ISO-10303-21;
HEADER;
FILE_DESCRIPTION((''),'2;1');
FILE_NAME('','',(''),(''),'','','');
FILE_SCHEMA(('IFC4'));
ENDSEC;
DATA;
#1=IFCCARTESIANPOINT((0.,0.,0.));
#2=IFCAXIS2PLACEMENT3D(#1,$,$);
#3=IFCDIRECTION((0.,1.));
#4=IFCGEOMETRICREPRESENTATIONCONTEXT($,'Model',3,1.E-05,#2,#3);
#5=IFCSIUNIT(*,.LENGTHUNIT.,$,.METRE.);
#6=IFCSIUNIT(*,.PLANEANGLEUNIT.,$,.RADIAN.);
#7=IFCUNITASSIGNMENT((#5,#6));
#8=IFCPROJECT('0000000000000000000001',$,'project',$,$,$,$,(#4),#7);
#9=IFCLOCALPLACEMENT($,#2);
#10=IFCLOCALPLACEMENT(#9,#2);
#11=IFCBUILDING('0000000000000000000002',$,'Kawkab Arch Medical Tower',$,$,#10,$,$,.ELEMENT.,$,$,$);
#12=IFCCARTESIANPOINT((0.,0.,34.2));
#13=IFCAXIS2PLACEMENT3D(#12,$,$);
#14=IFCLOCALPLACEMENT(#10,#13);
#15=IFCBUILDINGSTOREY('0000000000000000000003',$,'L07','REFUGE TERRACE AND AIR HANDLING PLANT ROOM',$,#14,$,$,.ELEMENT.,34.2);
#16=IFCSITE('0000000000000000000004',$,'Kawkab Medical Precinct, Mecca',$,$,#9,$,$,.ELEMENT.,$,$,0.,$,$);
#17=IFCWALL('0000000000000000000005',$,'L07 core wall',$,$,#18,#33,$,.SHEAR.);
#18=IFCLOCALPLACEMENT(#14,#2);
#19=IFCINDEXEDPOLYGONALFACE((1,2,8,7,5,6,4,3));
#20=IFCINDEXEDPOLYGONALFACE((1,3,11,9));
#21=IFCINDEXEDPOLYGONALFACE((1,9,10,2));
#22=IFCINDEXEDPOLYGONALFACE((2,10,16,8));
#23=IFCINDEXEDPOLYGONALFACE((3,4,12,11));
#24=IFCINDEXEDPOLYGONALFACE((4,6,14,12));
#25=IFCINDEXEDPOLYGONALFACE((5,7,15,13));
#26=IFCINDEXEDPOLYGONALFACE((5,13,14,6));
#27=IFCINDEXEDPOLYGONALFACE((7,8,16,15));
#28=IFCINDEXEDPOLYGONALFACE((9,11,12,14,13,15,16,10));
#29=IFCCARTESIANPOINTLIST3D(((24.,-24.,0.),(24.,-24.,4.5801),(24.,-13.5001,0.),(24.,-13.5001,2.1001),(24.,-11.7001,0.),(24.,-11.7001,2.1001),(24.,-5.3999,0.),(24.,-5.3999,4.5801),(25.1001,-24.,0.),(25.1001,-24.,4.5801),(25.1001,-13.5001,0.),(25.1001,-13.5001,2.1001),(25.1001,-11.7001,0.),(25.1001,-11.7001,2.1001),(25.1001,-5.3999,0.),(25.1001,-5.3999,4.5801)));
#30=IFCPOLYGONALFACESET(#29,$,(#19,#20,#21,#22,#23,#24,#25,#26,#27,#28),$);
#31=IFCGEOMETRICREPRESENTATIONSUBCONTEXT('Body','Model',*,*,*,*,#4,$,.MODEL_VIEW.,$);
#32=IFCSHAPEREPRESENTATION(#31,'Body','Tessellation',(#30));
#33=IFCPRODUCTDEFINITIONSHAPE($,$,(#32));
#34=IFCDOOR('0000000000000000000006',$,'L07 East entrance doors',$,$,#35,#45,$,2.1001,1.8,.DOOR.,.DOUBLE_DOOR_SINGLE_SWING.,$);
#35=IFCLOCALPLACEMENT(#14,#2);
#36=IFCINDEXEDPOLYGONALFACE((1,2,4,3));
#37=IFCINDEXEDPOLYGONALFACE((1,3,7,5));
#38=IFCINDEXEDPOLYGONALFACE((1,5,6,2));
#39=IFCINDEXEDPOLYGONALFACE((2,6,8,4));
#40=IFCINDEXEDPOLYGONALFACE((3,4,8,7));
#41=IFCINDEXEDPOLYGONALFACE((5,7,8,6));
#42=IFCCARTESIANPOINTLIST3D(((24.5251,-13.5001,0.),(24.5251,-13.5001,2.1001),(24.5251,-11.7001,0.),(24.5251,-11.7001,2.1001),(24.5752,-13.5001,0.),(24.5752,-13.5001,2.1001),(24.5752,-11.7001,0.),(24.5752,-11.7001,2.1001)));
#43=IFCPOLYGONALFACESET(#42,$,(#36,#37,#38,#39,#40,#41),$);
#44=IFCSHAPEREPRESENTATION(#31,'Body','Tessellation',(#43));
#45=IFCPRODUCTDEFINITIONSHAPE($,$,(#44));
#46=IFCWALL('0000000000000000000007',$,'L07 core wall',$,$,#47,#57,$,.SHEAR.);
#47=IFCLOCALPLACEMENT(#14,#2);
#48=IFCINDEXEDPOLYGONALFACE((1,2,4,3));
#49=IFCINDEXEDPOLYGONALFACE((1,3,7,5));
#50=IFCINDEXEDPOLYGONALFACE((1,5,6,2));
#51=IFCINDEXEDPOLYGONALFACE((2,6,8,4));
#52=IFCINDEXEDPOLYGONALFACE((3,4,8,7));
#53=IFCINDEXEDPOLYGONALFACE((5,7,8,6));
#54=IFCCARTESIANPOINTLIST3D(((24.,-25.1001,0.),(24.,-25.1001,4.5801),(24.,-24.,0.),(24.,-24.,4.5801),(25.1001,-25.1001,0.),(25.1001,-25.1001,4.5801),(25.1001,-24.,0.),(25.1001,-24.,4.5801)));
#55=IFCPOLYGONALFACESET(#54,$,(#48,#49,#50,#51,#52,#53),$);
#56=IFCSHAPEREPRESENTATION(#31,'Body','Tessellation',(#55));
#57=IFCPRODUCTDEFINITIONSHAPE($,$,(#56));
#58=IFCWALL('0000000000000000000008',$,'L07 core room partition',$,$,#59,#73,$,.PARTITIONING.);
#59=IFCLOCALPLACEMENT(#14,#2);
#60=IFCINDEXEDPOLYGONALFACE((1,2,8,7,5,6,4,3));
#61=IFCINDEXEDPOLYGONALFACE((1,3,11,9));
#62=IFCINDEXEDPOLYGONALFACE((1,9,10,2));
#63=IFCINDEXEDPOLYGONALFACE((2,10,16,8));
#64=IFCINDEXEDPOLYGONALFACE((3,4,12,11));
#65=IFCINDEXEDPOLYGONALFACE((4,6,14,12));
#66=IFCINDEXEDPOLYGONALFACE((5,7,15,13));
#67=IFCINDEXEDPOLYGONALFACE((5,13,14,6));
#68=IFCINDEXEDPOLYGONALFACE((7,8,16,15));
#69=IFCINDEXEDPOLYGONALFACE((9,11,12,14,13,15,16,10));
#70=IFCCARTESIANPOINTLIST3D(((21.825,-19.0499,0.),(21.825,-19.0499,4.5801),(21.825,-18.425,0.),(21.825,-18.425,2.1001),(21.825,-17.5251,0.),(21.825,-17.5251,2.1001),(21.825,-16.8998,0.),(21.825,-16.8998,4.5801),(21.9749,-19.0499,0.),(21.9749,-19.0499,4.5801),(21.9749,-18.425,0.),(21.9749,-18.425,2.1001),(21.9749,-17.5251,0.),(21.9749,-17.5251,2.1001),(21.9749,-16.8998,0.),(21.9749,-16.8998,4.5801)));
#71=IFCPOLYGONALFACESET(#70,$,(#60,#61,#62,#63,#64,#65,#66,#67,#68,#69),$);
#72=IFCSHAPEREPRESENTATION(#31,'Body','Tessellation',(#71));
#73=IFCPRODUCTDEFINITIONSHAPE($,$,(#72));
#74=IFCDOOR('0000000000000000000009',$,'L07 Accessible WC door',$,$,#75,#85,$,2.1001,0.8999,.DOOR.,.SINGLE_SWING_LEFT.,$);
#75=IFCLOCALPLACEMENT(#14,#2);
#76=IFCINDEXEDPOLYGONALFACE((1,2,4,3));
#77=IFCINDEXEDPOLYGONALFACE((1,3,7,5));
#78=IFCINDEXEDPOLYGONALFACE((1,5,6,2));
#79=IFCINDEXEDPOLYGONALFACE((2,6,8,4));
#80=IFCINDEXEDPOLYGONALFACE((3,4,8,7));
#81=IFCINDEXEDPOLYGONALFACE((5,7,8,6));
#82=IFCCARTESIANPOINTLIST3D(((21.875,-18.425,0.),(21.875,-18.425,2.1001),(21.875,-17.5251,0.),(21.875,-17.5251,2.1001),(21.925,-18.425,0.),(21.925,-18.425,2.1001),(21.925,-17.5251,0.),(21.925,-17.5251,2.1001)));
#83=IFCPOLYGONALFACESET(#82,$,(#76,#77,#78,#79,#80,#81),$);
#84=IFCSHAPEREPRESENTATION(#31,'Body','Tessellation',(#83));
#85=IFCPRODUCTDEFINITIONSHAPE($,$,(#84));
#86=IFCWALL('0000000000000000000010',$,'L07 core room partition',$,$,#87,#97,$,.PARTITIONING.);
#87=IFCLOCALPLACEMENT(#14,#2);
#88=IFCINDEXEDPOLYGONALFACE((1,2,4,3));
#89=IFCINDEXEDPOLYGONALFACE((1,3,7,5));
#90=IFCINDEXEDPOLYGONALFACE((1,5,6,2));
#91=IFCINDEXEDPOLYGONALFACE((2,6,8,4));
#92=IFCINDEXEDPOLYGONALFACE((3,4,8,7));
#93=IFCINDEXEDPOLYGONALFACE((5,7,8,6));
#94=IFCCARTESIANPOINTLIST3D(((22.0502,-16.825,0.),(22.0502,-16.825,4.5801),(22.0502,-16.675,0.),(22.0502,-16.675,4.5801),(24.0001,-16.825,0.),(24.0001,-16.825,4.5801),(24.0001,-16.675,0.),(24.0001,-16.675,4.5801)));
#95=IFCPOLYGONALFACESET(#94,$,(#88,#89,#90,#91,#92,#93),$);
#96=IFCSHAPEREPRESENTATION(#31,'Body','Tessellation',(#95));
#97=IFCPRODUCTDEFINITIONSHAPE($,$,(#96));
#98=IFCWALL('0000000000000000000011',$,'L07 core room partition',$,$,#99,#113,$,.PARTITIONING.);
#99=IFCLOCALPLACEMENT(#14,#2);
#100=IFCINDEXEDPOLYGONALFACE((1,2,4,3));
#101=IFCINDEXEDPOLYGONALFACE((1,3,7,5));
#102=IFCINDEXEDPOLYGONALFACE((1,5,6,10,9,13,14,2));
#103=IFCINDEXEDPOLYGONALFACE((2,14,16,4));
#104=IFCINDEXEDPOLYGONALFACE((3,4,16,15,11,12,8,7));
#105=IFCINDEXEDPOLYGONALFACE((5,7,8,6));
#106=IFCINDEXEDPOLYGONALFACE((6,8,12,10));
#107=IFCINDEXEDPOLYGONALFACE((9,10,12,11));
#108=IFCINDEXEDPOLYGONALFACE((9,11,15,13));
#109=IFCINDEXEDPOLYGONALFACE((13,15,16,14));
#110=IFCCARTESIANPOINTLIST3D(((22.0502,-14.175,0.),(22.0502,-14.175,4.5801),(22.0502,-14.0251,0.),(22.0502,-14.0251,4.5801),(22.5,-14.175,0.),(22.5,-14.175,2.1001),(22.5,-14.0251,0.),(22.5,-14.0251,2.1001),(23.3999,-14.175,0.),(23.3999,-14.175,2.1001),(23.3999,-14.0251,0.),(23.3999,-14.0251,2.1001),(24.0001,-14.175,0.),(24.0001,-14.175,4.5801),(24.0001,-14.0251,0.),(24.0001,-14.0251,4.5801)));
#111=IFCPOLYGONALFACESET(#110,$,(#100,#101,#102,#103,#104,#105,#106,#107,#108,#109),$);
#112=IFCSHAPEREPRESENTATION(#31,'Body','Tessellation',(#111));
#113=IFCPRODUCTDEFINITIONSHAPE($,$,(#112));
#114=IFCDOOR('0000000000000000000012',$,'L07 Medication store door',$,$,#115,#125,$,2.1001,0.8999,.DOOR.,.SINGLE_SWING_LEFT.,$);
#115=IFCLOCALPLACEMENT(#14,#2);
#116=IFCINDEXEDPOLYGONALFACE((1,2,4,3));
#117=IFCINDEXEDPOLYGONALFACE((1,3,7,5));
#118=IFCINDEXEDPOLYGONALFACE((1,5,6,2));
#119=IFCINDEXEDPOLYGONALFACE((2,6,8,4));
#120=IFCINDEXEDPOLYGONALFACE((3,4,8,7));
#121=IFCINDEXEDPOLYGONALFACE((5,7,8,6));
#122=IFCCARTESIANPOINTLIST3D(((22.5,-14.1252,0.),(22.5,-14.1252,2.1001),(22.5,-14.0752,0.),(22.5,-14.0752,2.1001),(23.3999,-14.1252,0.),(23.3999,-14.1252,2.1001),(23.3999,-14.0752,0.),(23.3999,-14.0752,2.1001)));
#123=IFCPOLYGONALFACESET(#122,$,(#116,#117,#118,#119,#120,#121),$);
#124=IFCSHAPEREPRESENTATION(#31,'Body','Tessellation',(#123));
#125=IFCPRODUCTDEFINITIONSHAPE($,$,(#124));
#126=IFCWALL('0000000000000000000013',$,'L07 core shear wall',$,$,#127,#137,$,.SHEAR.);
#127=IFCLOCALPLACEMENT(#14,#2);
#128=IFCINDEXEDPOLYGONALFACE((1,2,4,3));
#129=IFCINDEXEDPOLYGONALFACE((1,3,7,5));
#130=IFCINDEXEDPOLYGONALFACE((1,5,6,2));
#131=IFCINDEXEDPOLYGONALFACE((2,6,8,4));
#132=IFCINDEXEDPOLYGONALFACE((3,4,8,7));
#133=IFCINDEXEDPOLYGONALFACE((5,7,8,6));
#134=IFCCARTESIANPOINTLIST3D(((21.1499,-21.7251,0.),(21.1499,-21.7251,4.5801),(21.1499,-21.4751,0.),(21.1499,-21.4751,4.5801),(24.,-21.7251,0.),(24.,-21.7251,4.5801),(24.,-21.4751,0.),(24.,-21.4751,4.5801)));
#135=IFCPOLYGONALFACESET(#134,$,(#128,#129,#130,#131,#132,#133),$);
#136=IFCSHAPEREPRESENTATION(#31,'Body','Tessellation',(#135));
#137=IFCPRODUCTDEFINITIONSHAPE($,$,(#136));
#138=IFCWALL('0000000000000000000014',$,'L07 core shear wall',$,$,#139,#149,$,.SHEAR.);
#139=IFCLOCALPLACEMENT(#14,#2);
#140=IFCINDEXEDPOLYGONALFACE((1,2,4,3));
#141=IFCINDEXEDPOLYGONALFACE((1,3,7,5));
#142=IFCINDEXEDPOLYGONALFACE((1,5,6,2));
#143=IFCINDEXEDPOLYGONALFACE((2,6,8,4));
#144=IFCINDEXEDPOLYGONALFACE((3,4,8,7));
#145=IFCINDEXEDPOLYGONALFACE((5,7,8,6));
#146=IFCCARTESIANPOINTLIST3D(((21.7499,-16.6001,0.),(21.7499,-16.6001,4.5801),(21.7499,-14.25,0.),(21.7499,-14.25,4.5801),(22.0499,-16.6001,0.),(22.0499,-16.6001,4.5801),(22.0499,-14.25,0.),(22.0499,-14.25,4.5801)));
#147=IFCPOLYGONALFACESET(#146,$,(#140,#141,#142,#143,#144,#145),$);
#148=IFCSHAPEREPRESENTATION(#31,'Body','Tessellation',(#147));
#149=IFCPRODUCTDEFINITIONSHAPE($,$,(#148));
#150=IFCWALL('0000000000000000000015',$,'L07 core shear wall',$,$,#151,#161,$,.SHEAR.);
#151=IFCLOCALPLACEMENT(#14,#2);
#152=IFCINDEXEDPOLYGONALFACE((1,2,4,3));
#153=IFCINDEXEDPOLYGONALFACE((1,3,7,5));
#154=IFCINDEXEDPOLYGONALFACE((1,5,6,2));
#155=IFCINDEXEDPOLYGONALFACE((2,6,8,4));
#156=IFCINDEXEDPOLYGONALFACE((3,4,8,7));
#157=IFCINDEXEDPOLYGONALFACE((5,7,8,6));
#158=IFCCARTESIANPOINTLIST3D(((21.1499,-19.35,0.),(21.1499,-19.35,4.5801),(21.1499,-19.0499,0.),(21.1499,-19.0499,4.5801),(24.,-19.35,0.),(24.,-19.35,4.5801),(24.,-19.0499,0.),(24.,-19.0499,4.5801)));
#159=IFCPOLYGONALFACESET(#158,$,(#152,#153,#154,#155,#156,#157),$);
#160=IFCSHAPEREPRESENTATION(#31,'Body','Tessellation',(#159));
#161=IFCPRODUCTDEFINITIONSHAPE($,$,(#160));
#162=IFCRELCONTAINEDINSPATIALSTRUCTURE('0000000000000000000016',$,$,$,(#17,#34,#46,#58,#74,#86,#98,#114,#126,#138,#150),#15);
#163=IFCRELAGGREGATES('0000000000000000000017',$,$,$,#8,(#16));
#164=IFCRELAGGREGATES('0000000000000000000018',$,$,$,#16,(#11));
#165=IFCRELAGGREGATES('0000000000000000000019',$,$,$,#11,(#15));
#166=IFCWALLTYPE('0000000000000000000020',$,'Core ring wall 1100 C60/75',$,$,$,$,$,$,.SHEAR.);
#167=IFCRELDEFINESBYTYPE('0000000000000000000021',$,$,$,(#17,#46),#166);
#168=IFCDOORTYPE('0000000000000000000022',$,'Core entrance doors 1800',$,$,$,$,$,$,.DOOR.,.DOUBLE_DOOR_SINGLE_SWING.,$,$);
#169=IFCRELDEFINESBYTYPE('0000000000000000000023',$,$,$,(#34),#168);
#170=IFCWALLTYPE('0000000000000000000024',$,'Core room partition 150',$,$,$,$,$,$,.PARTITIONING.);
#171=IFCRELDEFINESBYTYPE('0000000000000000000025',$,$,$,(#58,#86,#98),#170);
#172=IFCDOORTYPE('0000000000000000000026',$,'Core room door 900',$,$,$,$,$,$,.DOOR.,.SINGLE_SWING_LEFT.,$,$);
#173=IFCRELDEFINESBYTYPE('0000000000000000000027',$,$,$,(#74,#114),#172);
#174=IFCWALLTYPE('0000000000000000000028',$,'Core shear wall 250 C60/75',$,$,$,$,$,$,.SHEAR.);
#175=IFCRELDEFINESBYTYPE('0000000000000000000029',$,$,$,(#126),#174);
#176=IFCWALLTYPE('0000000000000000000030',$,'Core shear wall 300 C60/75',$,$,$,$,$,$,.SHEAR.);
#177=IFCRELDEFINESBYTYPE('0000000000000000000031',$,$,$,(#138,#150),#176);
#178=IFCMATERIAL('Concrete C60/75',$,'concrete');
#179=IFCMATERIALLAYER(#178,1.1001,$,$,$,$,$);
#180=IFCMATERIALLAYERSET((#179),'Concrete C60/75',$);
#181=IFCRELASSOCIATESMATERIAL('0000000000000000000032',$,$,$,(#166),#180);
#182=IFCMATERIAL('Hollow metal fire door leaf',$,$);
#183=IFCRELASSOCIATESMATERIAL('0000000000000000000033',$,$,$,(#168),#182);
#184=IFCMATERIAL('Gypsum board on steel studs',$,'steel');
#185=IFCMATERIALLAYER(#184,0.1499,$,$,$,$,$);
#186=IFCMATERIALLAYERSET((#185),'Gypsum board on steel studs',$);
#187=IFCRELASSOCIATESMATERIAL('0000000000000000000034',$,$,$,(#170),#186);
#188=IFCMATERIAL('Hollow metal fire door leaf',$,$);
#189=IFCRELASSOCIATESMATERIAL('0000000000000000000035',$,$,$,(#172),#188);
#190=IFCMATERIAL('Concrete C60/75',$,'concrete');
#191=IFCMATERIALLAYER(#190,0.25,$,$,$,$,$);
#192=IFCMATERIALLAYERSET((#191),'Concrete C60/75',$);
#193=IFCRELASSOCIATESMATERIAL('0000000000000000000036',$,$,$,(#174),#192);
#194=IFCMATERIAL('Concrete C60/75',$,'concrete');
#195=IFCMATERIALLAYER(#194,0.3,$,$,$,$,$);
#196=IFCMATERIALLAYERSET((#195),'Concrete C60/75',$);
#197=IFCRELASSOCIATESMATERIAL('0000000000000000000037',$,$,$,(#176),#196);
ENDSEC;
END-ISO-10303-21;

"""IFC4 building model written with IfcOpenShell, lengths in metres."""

from ifc_helpers import new_model, si_unit, direction, frame, frame_2d, origin, place, context, subcontext, project, spatial, rectangle, extrude, material, layer, layer_set, type_object, element, fill, save


model = new_model("IFC4")

# Units and contexts
model_context = context("Model", 3, precision=1e-05, world=origin(), true_north=direction((0.0, 1.0)))
body_context = subcontext(model_context, "Body", "Model", "MODEL_VIEW")
ifc_project = project(units=[si_unit("LENGTHUNIT", "METRE"), si_unit("PLANEANGLEUNIT", "RADIAN")], contexts=[model_context])

# Site, building, storey
site_placement = place(None, origin())
site = spatial("IfcSite", under=ifc_project, at=site_placement, Name="Kawkab Medical Precinct, Mecca", CompositionType="ELEMENT", RefElevation=0.0)
building_placement = place(site_placement, origin())
building = spatial("IfcBuilding", under=site, at=building_placement, Name="Kawkab Arch Medical Tower", CompositionType="ELEMENT")
storey_placement = place(building_placement, frame((0.0, 0.0, 34.2)))
storey = spatial("IfcBuildingStorey", under=building, at=storey_placement, Name="L07", Description="REFUGE TERRACE AND AIR HANDLING PLANT ROOM", CompositionType="ELEMENT", Elevation=34.2)

# Wall, opening, door
ifc_material_1 = material(Name="Concrete C60/75", Category="concrete")
ifc_layer_1 = layer(ifc_material_1, 1.1001)
ifc_layer_set_1 = layer_set([ifc_layer_1], Name="Concrete C60/75")
wall_type_1 = type_object("IfcWallType", Name="Core ring wall 1100 C60/75", PredefinedType="SHEAR", material=ifc_layer_set_1)
wall_1_placement = place(storey_placement, frame((24.55, -24.0, 0.0), z_axis=(0.0, 0.0, 1.0), x_axis=(0.0, 1.0, 0.0)))
wall_1 = element("IfcWall", 1, at=wall_1_placement, inside=storey, type_object=wall_type_1, Name="L07 core wall", PredefinedType="SHEAR", context=body_context, shape_type="SweptSolid", body=[
    extrude(rectangle(XDim=18.6001, YDim=1.1001, at=frame_2d((9.3, 0.0))), origin(), (0.0, 0.0, 1.0), 4.5801),
])
opening_1_placement = place(wall_1_placement, frame((10.5, 0.0, 0.0)))
opening_1 = element("IfcOpeningElement", 2, at=opening_1_placement, cuts=wall_1, PredefinedType="OPENING", context=body_context, shape_type="SweptSolid", body=[
    extrude(rectangle(XDim=1.8, YDim=2.1001, at=frame_2d((0.8999, 1.05))), frame((0.0, 0.5601, 0.0), z_axis=(0.0, -1.0, 0.0), x_axis=(1.0, 0.0, 0.0)), (0.0, 0.0, 1.0), 1.1201),
])
ifc_material_2 = material(Name="Hollow metal fire door leaf")
door_type_1 = type_object("IfcDoorType", Name="Core entrance doors 1800", OperationType="DOUBLE_DOOR_SINGLE_SWING", PredefinedType="DOOR", material=ifc_material_2)
door_1_placement = place(opening_1_placement, origin())
door_1 = element("IfcDoor", 3, at=door_1_placement, inside=storey, type_object=door_type_1, Name="L07 East entrance doors", OperationType="DOUBLE_DOOR_SINGLE_SWING", OverallHeight=2.1001, OverallWidth=1.8, PredefinedType="DOOR", context=body_context, shape_type="SweptSolid", body=[
    extrude(rectangle(XDim=1.8, YDim=2.1001, at=frame_2d((0.8999, 1.05))), frame((0.0, 0.0249, 0.0), z_axis=(0.0, -1.0, 0.0), x_axis=(1.0, 0.0, 0.0)), (0.0, 0.0, 1.0), 0.05),
])
fill(opening_1, door_1)

# Wall
wall_2_placement = place(storey_placement, frame((24.55, -25.1001, 0.0), z_axis=(0.0, 0.0, 1.0), x_axis=(0.0, 1.0, 0.0)))
element("IfcWall", 4, at=wall_2_placement, inside=storey, type_object=wall_type_1, Name="L07 core wall", PredefinedType="SHEAR", context=body_context, shape_type="SweptSolid", body=[
    extrude(rectangle(XDim=1.1001, YDim=1.1001, at=frame_2d((0.55, 0.0))), origin(), (0.0, 0.0, 1.0), 4.5801),
])

# Wall, opening, door
ifc_material_3 = material(Name="Gypsum board on steel studs", Category="steel")
ifc_layer_2 = layer(ifc_material_3, 0.1499)
ifc_layer_set_2 = layer_set([ifc_layer_2], Name="Gypsum board on steel studs")
wall_type_2 = type_object("IfcWallType", Name="Core room partition 150", PredefinedType="PARTITIONING", material=ifc_layer_set_2)
wall_3_placement = place(storey_placement, frame((21.8999, -19.05, 0.0), z_axis=(0.0, 0.0, 1.0), x_axis=(0.0, 1.0, 0.0)))
wall_3 = element("IfcWall", 5, at=wall_3_placement, inside=storey, type_object=wall_type_2, Name="L07 core room partition", PredefinedType="PARTITIONING", context=body_context, shape_type="SweptSolid", body=[
    extrude(rectangle(XDim=2.1501, YDim=0.1499, at=frame_2d((1.0752, 0.0))), origin(), (0.0, 0.0, 1.0), 4.5801),
])
opening_2_placement = place(wall_3_placement, frame((0.625, 0.0, 0.0)))
opening_2 = element("IfcOpeningElement", 6, at=opening_2_placement, cuts=wall_3, PredefinedType="OPENING", context=body_context, shape_type="SweptSolid", body=[
    extrude(rectangle(XDim=0.8999, YDim=2.1001, at=frame_2d((0.45, 1.05))), frame((0.0, 0.085, 0.0), z_axis=(0.0, -1.0, 0.0), x_axis=(1.0, 0.0, 0.0)), (0.0, 0.0, 1.0), 0.1699),
])
ifc_material_4 = material(Name="Hollow metal fire door leaf")
door_type_2 = type_object("IfcDoorType", Name="Core room door 900", OperationType="SINGLE_SWING_LEFT", PredefinedType="DOOR", material=ifc_material_4)
door_2_placement = place(opening_2_placement, origin())
door_2 = element("IfcDoor", 7, at=door_2_placement, inside=storey, type_object=door_type_2, Name="L07 Accessible WC door", OperationType="SINGLE_SWING_LEFT", OverallHeight=2.1001, OverallWidth=0.8999, PredefinedType="DOOR", context=body_context, shape_type="SweptSolid", body=[
    extrude(rectangle(XDim=0.8999, YDim=2.1001, at=frame_2d((0.45, 1.05))), frame((0.0, 0.0249, 0.0), z_axis=(0.0, -1.0, 0.0), x_axis=(1.0, 0.0, 0.0)), (0.0, 0.0, 1.0), 0.05),
])
fill(opening_2, door_2)

# Wall
wall_4_placement = place(storey_placement, frame((22.05, -16.75, 0.0), z_axis=(0.0, 0.0, 1.0), x_axis=(1.0, 0.0, 0.0)))
element("IfcWall", 8, at=wall_4_placement, inside=storey, type_object=wall_type_2, Name="L07 core room partition", PredefinedType="PARTITIONING", context=body_context, shape_type="SweptSolid", body=[
    extrude(rectangle(XDim=1.95, YDim=0.1499, at=frame_2d((0.9751, 0.0))), origin(), (0.0, 0.0, 1.0), 4.5801),
])

# Wall, opening, door
wall_5_placement = place(storey_placement, frame((22.05, -14.1001, 0.0), z_axis=(0.0, 0.0, 1.0), x_axis=(1.0, 0.0, 0.0)))
wall_5 = element("IfcWall", 9, at=wall_5_placement, inside=storey, type_object=wall_type_2, Name="L07 core room partition", PredefinedType="PARTITIONING", context=body_context, shape_type="SweptSolid", body=[
    extrude(rectangle(XDim=1.95, YDim=0.1499, at=frame_2d((0.9751, 0.0))), origin(), (0.0, 0.0, 1.0), 4.5801),
])
opening_3_placement = place(wall_5_placement, frame((0.45, 0.0, 0.0)))
opening_3 = element("IfcOpeningElement", 10, at=opening_3_placement, cuts=wall_5, PredefinedType="OPENING", context=body_context, shape_type="SweptSolid", body=[
    extrude(rectangle(XDim=0.8999, YDim=2.1001, at=frame_2d((0.45, 1.05))), frame((0.0, 0.085, 0.0), z_axis=(0.0, -1.0, 0.0), x_axis=(1.0, 0.0, 0.0)), (0.0, 0.0, 1.0), 0.1699),
])
door_3_placement = place(opening_3_placement, origin())
door_3 = element("IfcDoor", 11, at=door_3_placement, inside=storey, type_object=door_type_2, Name="L07 Medication store door", OperationType="SINGLE_SWING_LEFT", OverallHeight=2.1001, OverallWidth=0.8999, PredefinedType="DOOR", context=body_context, shape_type="SweptSolid", body=[
    extrude(rectangle(XDim=0.8999, YDim=2.1001, at=frame_2d((0.45, 1.05))), frame((0.0, 0.0249, 0.0), z_axis=(0.0, -1.0, 0.0), x_axis=(1.0, 0.0, 0.0)), (0.0, 0.0, 1.0), 0.05),
])
fill(opening_3, door_3)

# Walls
ifc_material_5 = material(Name="Concrete C60/75", Category="concrete")
ifc_layer_3 = layer(ifc_material_5, 0.25)
ifc_layer_set_3 = layer_set([ifc_layer_3], Name="Concrete C60/75")
wall_type_3 = type_object("IfcWallType", Name="Core shear wall 250 C60/75", PredefinedType="SHEAR", material=ifc_layer_set_3)
wall_6_placement = place(storey_placement, frame((21.1499, -21.6001, 0.0), z_axis=(0.0, 0.0, 1.0), x_axis=(1.0, 0.0, 0.0)))
element("IfcWall", 12, at=wall_6_placement, inside=storey, type_object=wall_type_3, Name="L07 core shear wall", PredefinedType="SHEAR", context=body_context, shape_type="SweptSolid", body=[
    extrude(rectangle(XDim=2.8501, YDim=0.25, at=frame_2d((1.425, 0.0))), origin(), (0.0, 0.0, 1.0), 4.5801),
])
ifc_material_6 = material(Name="Concrete C60/75", Category="concrete")
ifc_layer_4 = layer(ifc_material_6, 0.3)
ifc_layer_set_4 = layer_set([ifc_layer_4], Name="Concrete C60/75")
wall_type_4 = type_object("IfcWallType", Name="Core shear wall 300 C60/75", PredefinedType="SHEAR", material=ifc_layer_set_4)
wall_7_placement = place(storey_placement, frame((21.8999, -16.6001, 0.0), z_axis=(0.0, 0.0, 1.0), x_axis=(0.0, 1.0, 0.0)))
element("IfcWall", 13, at=wall_7_placement, inside=storey, type_object=wall_type_4, Name="L07 core shear wall", PredefinedType="SHEAR", context=body_context, shape_type="SweptSolid", body=[
    extrude(rectangle(XDim=2.3501, YDim=0.3, at=frame_2d((1.175, 0.0))), origin(), (0.0, 0.0, 1.0), 4.5801),
])
wall_8_placement = place(storey_placement, frame((21.1499, -19.2, 0.0), z_axis=(0.0, 0.0, 1.0), x_axis=(1.0, 0.0, 0.0)))
element("IfcWall", 14, at=wall_8_placement, inside=storey, type_object=wall_type_4, Name="L07 core shear wall", PredefinedType="SHEAR", context=body_context, shape_type="SweptSolid", body=[
    extrude(rectangle(XDim=2.8501, YDim=0.3, at=frame_2d((1.425, 0.0))), origin(), (0.0, 0.0, 1.0), 4.5801),
])

save(model, "model.ifc")
